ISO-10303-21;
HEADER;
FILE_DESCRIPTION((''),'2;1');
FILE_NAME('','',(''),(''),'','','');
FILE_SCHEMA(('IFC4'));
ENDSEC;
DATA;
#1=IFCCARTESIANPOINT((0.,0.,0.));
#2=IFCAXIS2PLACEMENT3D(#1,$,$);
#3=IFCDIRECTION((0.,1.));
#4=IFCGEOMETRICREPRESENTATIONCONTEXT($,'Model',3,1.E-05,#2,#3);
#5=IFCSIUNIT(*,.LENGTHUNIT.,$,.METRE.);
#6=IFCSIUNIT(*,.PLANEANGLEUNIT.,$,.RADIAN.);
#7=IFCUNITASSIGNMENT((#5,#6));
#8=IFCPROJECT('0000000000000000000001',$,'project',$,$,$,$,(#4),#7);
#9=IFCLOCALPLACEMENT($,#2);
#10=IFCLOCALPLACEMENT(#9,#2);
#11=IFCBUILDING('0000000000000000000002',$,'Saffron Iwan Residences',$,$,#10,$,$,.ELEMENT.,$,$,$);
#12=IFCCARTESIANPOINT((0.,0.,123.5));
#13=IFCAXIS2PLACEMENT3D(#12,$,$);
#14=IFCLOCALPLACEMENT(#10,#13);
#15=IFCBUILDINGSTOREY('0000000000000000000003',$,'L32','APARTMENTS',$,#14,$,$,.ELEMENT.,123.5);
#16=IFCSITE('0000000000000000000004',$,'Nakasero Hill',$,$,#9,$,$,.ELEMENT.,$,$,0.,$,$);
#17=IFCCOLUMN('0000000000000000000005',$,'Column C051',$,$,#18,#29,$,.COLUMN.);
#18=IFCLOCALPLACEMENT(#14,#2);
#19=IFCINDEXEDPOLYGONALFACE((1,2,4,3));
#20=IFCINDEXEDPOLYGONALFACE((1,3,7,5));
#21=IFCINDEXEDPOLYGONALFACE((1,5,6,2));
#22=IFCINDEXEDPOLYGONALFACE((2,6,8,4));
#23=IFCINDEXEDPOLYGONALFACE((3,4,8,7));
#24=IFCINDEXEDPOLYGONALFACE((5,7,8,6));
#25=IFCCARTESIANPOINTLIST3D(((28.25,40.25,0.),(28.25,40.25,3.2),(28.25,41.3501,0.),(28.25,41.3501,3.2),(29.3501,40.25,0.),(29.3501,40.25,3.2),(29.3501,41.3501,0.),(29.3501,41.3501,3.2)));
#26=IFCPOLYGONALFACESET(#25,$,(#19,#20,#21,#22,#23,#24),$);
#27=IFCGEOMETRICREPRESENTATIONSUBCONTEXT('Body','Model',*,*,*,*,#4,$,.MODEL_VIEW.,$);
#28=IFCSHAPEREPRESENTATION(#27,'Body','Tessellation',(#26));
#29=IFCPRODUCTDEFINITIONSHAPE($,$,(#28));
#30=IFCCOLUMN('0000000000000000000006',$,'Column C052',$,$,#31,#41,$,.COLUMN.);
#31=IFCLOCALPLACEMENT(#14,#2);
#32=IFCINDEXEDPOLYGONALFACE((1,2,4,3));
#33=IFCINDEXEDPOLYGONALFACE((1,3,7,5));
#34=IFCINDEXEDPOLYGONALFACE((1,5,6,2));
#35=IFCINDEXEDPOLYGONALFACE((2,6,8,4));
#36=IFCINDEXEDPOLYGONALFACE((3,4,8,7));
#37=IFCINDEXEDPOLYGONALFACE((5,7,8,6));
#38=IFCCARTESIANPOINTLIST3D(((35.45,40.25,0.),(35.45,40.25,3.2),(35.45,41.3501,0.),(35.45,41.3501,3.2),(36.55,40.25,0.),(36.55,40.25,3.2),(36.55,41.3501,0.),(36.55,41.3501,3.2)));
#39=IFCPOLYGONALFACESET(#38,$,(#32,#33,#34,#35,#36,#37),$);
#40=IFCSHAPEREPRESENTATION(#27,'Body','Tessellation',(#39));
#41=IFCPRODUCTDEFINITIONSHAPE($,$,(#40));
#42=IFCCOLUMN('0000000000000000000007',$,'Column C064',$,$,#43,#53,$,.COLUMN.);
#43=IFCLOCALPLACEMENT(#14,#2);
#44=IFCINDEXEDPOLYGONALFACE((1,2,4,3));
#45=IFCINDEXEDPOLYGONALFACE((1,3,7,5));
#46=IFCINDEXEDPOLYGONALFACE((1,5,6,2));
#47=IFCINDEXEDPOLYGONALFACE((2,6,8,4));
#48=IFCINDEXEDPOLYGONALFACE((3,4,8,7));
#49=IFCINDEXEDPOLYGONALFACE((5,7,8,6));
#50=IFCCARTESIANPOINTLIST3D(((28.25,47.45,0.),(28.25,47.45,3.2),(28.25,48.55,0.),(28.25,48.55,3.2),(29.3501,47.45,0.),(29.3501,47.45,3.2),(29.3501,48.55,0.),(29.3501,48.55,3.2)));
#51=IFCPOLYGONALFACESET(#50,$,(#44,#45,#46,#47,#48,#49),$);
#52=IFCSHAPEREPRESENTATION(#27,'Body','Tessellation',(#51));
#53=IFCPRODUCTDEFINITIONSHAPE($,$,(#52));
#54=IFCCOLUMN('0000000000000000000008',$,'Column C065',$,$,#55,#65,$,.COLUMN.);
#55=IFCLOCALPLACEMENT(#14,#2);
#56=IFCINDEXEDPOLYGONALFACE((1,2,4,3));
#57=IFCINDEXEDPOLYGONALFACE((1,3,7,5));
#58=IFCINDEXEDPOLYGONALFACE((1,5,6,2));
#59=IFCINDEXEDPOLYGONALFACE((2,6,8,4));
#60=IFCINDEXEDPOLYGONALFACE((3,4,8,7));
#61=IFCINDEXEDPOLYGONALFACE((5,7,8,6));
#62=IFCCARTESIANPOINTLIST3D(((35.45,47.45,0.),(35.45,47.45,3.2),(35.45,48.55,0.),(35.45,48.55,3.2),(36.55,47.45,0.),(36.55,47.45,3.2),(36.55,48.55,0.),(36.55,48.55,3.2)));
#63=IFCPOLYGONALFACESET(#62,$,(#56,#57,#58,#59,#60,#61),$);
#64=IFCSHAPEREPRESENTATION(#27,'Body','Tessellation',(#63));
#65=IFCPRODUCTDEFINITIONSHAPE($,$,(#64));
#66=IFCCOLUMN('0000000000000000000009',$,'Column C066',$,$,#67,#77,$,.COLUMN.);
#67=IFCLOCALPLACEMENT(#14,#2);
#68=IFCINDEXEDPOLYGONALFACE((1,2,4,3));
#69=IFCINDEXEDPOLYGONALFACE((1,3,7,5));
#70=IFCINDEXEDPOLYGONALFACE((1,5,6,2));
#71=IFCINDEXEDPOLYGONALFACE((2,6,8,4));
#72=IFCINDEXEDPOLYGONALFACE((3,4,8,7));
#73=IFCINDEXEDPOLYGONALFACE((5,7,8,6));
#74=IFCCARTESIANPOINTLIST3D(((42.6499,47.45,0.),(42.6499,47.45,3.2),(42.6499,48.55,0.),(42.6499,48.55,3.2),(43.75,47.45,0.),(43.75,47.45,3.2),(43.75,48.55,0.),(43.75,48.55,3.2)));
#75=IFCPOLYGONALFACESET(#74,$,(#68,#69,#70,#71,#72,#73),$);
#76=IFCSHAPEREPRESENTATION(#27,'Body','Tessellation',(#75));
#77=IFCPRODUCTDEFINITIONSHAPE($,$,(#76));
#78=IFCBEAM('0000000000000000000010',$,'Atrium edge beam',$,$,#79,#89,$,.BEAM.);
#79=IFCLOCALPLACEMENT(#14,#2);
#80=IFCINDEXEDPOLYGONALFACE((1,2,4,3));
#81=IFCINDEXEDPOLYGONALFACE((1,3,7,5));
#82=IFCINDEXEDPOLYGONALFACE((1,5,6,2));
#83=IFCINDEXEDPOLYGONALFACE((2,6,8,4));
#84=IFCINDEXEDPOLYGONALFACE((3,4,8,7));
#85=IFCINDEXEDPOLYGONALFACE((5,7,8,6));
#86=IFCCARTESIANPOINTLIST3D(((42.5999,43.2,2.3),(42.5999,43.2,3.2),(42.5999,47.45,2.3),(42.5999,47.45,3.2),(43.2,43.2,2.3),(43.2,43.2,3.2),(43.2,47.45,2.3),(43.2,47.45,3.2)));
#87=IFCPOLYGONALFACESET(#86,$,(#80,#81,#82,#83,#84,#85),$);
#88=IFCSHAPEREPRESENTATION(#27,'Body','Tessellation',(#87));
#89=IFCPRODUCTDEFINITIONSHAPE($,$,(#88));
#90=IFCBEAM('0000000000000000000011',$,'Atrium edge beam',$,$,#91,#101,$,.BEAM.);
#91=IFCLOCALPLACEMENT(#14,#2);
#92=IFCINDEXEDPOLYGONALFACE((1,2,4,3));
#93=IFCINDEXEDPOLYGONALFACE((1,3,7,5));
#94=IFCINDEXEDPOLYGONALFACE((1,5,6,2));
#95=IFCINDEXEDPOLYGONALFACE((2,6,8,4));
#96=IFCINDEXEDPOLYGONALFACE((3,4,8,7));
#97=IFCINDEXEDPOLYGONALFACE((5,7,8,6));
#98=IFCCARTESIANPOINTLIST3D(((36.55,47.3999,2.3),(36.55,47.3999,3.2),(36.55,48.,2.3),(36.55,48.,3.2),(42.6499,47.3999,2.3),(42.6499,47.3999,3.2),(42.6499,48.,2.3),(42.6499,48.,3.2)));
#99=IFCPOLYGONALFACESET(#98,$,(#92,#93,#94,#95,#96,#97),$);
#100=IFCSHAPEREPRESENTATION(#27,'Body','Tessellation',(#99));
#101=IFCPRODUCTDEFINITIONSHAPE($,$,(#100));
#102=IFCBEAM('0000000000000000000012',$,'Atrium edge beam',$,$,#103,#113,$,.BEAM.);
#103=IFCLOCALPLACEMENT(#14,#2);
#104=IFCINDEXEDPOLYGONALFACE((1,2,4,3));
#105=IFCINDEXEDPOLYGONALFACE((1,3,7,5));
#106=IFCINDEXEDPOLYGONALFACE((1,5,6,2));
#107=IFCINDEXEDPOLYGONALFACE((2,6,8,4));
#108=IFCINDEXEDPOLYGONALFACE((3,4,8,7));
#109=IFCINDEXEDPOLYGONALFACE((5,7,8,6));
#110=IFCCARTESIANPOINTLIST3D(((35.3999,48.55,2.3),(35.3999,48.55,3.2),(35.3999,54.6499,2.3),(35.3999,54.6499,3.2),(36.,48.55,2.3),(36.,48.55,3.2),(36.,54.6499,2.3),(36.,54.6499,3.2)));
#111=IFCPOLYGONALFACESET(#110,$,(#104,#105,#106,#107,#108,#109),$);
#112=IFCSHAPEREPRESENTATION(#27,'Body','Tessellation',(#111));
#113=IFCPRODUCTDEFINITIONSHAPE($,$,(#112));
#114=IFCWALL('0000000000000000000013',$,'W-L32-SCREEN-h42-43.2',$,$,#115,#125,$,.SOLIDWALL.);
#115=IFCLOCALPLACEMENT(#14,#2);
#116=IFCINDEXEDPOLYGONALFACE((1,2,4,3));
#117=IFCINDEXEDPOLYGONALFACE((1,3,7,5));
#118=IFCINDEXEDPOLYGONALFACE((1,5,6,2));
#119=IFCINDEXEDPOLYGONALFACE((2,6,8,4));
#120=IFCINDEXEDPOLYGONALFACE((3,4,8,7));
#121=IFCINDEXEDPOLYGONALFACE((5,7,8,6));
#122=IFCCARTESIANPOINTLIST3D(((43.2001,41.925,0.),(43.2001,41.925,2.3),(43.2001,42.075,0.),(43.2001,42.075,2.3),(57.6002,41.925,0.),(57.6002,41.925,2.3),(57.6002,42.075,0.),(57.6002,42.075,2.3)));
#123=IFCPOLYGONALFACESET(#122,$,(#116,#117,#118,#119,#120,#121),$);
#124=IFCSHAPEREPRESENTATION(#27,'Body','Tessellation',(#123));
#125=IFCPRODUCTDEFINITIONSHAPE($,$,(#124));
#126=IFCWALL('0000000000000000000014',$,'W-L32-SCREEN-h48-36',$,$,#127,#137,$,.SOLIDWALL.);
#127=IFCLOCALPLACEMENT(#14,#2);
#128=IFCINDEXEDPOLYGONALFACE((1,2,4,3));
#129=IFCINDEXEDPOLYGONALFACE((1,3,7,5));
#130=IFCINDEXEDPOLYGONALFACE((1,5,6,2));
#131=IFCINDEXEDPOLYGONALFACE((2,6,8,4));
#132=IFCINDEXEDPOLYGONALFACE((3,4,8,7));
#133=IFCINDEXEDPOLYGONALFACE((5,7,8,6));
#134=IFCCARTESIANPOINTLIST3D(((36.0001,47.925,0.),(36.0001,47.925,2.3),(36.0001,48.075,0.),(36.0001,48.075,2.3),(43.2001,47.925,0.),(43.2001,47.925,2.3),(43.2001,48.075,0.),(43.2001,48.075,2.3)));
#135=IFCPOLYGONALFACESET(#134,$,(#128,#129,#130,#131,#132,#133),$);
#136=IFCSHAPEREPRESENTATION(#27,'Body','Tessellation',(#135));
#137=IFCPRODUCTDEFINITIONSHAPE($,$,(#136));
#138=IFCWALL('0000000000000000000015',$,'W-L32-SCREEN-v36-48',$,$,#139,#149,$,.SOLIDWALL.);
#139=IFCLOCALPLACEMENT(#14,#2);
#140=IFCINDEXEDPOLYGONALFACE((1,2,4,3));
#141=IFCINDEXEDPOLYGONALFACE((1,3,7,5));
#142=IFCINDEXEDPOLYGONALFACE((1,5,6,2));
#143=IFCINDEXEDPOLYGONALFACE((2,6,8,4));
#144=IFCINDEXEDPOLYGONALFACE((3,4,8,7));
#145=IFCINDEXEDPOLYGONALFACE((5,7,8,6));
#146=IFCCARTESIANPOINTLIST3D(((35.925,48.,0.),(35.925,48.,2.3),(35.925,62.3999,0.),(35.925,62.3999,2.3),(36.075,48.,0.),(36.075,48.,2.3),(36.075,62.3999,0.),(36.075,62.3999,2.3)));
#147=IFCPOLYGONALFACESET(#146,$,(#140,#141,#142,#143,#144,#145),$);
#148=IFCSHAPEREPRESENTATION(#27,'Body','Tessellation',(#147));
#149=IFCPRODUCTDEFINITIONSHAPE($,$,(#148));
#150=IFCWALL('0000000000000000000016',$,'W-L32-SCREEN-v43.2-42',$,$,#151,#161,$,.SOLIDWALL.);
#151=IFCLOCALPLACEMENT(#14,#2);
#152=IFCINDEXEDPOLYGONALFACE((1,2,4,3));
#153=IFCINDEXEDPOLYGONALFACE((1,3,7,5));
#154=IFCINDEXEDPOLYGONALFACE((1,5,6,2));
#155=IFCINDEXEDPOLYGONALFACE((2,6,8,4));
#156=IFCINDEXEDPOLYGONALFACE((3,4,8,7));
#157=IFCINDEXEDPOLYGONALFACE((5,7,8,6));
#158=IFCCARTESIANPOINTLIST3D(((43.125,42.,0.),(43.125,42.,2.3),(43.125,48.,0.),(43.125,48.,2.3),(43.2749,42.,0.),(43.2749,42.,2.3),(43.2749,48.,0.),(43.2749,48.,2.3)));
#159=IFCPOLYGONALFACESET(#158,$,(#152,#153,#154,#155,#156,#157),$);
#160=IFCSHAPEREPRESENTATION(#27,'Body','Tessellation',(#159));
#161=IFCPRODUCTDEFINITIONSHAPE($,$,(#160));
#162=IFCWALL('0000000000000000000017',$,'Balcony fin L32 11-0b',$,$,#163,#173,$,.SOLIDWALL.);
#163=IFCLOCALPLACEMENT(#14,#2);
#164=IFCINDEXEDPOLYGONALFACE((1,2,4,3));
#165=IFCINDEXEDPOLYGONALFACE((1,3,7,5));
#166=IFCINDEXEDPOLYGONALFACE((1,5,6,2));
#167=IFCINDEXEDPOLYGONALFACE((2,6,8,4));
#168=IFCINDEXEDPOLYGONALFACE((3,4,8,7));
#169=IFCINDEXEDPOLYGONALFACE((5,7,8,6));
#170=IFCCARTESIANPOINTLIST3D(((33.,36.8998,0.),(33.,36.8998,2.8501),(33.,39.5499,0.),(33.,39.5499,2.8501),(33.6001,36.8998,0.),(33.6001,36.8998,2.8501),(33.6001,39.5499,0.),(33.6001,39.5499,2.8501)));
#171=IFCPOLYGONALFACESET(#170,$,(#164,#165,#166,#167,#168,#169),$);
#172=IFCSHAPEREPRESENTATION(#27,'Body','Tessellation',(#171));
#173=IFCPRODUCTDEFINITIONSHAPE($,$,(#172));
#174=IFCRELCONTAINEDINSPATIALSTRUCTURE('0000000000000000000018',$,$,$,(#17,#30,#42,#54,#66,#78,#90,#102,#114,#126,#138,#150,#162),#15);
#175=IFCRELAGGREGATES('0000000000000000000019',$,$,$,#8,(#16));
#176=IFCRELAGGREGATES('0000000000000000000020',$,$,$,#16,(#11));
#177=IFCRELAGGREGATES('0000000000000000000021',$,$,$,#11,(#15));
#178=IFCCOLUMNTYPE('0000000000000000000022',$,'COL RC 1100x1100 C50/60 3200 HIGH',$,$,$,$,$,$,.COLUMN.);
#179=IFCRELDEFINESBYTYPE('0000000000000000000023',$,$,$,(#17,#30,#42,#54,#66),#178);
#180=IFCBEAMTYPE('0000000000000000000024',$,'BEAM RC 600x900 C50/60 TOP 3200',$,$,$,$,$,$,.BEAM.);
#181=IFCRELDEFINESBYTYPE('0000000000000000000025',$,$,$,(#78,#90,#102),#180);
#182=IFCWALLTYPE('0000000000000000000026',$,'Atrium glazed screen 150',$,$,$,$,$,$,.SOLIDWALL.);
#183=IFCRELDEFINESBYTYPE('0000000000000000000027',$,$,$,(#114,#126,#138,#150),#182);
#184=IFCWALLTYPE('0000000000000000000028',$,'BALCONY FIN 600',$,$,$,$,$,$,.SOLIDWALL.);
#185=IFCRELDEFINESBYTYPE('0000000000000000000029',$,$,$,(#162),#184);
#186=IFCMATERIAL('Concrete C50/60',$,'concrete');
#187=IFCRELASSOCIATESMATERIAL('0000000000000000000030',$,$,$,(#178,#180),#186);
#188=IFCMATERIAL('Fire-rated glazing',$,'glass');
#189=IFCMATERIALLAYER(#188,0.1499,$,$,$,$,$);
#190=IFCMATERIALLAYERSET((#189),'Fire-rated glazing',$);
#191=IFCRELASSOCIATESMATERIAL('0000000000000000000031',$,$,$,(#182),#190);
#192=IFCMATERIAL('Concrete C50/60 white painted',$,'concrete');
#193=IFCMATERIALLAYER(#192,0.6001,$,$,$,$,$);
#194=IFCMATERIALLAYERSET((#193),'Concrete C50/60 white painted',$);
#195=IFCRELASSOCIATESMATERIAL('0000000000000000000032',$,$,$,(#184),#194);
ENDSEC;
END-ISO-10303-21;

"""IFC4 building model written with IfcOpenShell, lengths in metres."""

from ifc_helpers import new_model, si_unit, direction, frame, frame_2d, origin, origin_2d, place, context, subcontext, project, spatial, rectangle, extrude, source, transform, mapped, material, layer, layer_set, material_profile, profile_set, type_object, element, save


model = new_model("IFC4")

# Units and contexts
model_context = context("Model", 3, precision=1e-05, world=origin(), true_north=direction((0.0, 1.0)))
body_context = subcontext(model_context, "Body", "Model", "MODEL_VIEW")
ifc_project = project(units=[si_unit("LENGTHUNIT", "METRE"), si_unit("PLANEANGLEUNIT", "RADIAN")], contexts=[model_context])

# Site, building, storey
site_placement = place(None, origin())
site = spatial("IfcSite", under=ifc_project, at=site_placement, Name="Nakasero Hill", CompositionType="ELEMENT", RefElevation=0.0)
building_placement = place(site_placement, origin())
building = spatial("IfcBuilding", under=site, at=building_placement, Name="Saffron Iwan Residences", CompositionType="ELEMENT")
storey_placement = place(building_placement, frame((0.0, 0.0, 123.5)))
storey = spatial("IfcBuildingStorey", under=building, at=storey_placement, Name="L32", Description="APARTMENTS", CompositionType="ELEMENT", Elevation=123.5)

# Columns
ifc_material_1 = material(Name="Concrete C50/60", Category="concrete")
ifc_material_profile_1 = material_profile(ifc_material_1, rectangle(XDim=1.1001, YDim=1.1001, at=origin_2d()), Name="RC 1100x1100")
ifc_profile_set_1 = profile_set([ifc_material_profile_1], Name="Concrete C50/60")
column_type = type_object("IfcColumnType", Name="COL RC 1100x1100 C50/60 3200 HIGH", PredefinedType="COLUMN", material=ifc_profile_set_1)
shared_shape_1 = source(origin(), body_context, "Body", "SweptSolid", [
    extrude(rectangle(XDim=1.1001, YDim=1.1001, at=origin_2d()), origin(), (0.0, 0.0, 1.0), 3.2),
])
for number, where, z_axis, x_axis, name in (
    (1, (28.8, 40.8, 0.0), (0.0, 0.0, 1.0), (1.0, 0.0, 0.0), "Column C051"),
    (2, (36.0, 40.8, 0.0), (0.0, 0.0, 1.0), (1.0, 0.0, 0.0), "Column C052"),
    (3, (28.8, 48.0, 0.0), (0.0, 0.0, 1.0), (1.0, 0.0, 0.0), "Column C064"),
    (4, (36.0, 48.0, 0.0), (0.0, 0.0, 1.0), (1.0, 0.0, 0.0), "Column C065"),
    (5, (43.2, 48.0, 0.0), (0.0, 0.0, 1.0), (1.0, 0.0, 0.0), "Column C066"),
):
    element("IfcColumn", number, at=place(storey_placement, frame(where, z_axis=z_axis, x_axis=x_axis)), inside=storey, type_object=column_type, Name=name, PredefinedType="COLUMN", context=body_context, shape_type="MappedRepresentation", body=[
        mapped(shared_shape_1, transform((0.0, 0.0, 0.0))),
    ])

# Beams
ifc_material_profile_2 = material_profile(ifc_material_1, rectangle(XDim=0.6001, YDim=0.8999, at=origin_2d()), Name="RC 600x900")
ifc_profile_set_2 = profile_set([ifc_material_profile_2], Name="Concrete C50/60")
beam_type = type_object("IfcBeamType", Name="BEAM RC 600x900 C50/60 TOP 3200", PredefinedType="BEAM", material=ifc_profile_set_2)
shared_shape_2 = source(origin(), body_context, "Body", "SweptSolid", [
    extrude(rectangle(XDim=0.6001, YDim=0.8999, at=origin_2d()), origin(), (0.0, 0.0, 1.0), 4.25),
])
beam_placement = place(storey_placement, frame((42.8999, 43.2, 2.75), z_axis=(0.0, 1.0, 0.0), x_axis=(-1.0, 0.0, 0.0)))
element("IfcBeam", 6, at=beam_placement, inside=storey, type_object=beam_type, Name="Atrium edge beam", PredefinedType="BEAM", context=body_context, shape_type="MappedRepresentation", body=[
    mapped(shared_shape_2, transform((0.0, 0.0, 0.0))),
])
shared_shape_3 = source(origin(), body_context, "Body", "SweptSolid", [
    extrude(rectangle(XDim=0.6001, YDim=0.8999, at=origin_2d()), origin(), (0.0, 0.0, 1.0), 6.0999),
])
for number, where, z_axis, x_axis, name in (
    (7, (42.6499, 47.7, 2.75), (-1.0, 0.0, 0.0), (0.0, -1.0, 0.0), "Atrium edge beam"),
    (8, (35.7, 48.55, 2.75), (0.0, 1.0, 0.0), (-1.0, 0.0, 0.0), "Atrium edge beam"),
):
    element("IfcBeam", number, at=place(storey_placement, frame(where, z_axis=z_axis, x_axis=x_axis)), inside=storey, type_object=beam_type, Name=name, PredefinedType="BEAM", context=body_context, shape_type="MappedRepresentation", body=[
        mapped(shared_shape_3, transform((0.0, 0.0, 0.0))),
    ])

# Walls
ifc_material_2 = material(Name="Fire-rated glazing", Category="glass")
ifc_layer_1 = layer(ifc_material_2, 0.1499)
ifc_layer_set_1 = layer_set([ifc_layer_1], Name="Fire-rated glazing")
wall_type_1 = type_object("IfcWallType", Name="Atrium glazed screen 150", PredefinedType="SOLIDWALL", material=ifc_layer_set_1)
wall_1_placement = place(storey_placement, frame((43.2, 42.0, 0.0), z_axis=(0.0, 0.0, 1.0), x_axis=(1.0, 0.0, 0.0)))
element("IfcWall", 9, at=wall_1_placement, inside=storey, type_object=wall_type_1, Name="W-L32-SCREEN-h42-43.2", PredefinedType="SOLIDWALL", context=body_context, shape_type="SweptSolid", body=[
    extrude(rectangle(XDim=14.4001, YDim=0.1499, at=frame_2d((7.2002, 0.0))), origin(), (0.0, 0.0, 1.0), 2.3),
])
wall_2_placement = place(storey_placement, frame((36.0, 48.0, 0.0), z_axis=(0.0, 0.0, 1.0), x_axis=(1.0, 0.0, 0.0)))
element("IfcWall", 10, at=wall_2_placement, inside=storey, type_object=wall_type_1, Name="W-L32-SCREEN-h48-36", PredefinedType="SOLIDWALL", context=body_context, shape_type="SweptSolid", body=[
    extrude(rectangle(XDim=7.2, YDim=0.1499, at=frame_2d((3.6001, 0.0))), origin(), (0.0, 0.0, 1.0), 2.3),
])
wall_3_placement = place(storey_placement, frame((36.0, 48.0, 0.0), z_axis=(0.0, 0.0, 1.0), x_axis=(0.0, 1.0, 0.0)))
element("IfcWall", 11, at=wall_3_placement, inside=storey, type_object=wall_type_1, Name="W-L32-SCREEN-v36-48", PredefinedType="SOLIDWALL", context=body_context, shape_type="SweptSolid", body=[
    extrude(rectangle(XDim=14.3999, YDim=0.1499, at=frame_2d((7.2, 0.0))), origin(), (0.0, 0.0, 1.0), 2.3),
])
wall_4_placement = place(storey_placement, frame((43.2, 42.0, 0.0), z_axis=(0.0, 0.0, 1.0), x_axis=(0.0, 1.0, 0.0)))
element("IfcWall", 12, at=wall_4_placement, inside=storey, type_object=wall_type_1, Name="W-L32-SCREEN-v43.2-42", PredefinedType="SOLIDWALL", context=body_context, shape_type="SweptSolid", body=[
    extrude(rectangle(XDim=6.0, YDim=0.1499, at=frame_2d((3.0, 0.0))), origin(), (0.0, 0.0, 1.0), 2.3),
])
ifc_material_3 = material(Name="Concrete C50/60 white painted", Category="concrete")
ifc_layer_2 = layer(ifc_material_3, 0.6001)
ifc_layer_set_2 = layer_set([ifc_layer_2], Name="Concrete C50/60 white painted")
wall_type_2 = type_object("IfcWallType", Name="BALCONY FIN 600", PredefinedType="SOLIDWALL", material=ifc_layer_set_2)
wall_5_placement = place(storey_placement, frame((33.3, 39.55, 0.0), z_axis=(0.0, 0.0, 1.0), x_axis=(0.0, -1.0, 0.0)))
element("IfcWall", 13, at=wall_5_placement, inside=storey, type_object=wall_type_2, Name="Balcony fin L32 11-0b", PredefinedType="SOLIDWALL", context=body_context, shape_type="SweptSolid", body=[
    extrude(rectangle(XDim=2.6501, YDim=0.6001, at=frame_2d((1.3252, 0.0))), origin(), (0.0, 0.0, 1.0), 2.8501),
])

save(model, "model.ifc")
